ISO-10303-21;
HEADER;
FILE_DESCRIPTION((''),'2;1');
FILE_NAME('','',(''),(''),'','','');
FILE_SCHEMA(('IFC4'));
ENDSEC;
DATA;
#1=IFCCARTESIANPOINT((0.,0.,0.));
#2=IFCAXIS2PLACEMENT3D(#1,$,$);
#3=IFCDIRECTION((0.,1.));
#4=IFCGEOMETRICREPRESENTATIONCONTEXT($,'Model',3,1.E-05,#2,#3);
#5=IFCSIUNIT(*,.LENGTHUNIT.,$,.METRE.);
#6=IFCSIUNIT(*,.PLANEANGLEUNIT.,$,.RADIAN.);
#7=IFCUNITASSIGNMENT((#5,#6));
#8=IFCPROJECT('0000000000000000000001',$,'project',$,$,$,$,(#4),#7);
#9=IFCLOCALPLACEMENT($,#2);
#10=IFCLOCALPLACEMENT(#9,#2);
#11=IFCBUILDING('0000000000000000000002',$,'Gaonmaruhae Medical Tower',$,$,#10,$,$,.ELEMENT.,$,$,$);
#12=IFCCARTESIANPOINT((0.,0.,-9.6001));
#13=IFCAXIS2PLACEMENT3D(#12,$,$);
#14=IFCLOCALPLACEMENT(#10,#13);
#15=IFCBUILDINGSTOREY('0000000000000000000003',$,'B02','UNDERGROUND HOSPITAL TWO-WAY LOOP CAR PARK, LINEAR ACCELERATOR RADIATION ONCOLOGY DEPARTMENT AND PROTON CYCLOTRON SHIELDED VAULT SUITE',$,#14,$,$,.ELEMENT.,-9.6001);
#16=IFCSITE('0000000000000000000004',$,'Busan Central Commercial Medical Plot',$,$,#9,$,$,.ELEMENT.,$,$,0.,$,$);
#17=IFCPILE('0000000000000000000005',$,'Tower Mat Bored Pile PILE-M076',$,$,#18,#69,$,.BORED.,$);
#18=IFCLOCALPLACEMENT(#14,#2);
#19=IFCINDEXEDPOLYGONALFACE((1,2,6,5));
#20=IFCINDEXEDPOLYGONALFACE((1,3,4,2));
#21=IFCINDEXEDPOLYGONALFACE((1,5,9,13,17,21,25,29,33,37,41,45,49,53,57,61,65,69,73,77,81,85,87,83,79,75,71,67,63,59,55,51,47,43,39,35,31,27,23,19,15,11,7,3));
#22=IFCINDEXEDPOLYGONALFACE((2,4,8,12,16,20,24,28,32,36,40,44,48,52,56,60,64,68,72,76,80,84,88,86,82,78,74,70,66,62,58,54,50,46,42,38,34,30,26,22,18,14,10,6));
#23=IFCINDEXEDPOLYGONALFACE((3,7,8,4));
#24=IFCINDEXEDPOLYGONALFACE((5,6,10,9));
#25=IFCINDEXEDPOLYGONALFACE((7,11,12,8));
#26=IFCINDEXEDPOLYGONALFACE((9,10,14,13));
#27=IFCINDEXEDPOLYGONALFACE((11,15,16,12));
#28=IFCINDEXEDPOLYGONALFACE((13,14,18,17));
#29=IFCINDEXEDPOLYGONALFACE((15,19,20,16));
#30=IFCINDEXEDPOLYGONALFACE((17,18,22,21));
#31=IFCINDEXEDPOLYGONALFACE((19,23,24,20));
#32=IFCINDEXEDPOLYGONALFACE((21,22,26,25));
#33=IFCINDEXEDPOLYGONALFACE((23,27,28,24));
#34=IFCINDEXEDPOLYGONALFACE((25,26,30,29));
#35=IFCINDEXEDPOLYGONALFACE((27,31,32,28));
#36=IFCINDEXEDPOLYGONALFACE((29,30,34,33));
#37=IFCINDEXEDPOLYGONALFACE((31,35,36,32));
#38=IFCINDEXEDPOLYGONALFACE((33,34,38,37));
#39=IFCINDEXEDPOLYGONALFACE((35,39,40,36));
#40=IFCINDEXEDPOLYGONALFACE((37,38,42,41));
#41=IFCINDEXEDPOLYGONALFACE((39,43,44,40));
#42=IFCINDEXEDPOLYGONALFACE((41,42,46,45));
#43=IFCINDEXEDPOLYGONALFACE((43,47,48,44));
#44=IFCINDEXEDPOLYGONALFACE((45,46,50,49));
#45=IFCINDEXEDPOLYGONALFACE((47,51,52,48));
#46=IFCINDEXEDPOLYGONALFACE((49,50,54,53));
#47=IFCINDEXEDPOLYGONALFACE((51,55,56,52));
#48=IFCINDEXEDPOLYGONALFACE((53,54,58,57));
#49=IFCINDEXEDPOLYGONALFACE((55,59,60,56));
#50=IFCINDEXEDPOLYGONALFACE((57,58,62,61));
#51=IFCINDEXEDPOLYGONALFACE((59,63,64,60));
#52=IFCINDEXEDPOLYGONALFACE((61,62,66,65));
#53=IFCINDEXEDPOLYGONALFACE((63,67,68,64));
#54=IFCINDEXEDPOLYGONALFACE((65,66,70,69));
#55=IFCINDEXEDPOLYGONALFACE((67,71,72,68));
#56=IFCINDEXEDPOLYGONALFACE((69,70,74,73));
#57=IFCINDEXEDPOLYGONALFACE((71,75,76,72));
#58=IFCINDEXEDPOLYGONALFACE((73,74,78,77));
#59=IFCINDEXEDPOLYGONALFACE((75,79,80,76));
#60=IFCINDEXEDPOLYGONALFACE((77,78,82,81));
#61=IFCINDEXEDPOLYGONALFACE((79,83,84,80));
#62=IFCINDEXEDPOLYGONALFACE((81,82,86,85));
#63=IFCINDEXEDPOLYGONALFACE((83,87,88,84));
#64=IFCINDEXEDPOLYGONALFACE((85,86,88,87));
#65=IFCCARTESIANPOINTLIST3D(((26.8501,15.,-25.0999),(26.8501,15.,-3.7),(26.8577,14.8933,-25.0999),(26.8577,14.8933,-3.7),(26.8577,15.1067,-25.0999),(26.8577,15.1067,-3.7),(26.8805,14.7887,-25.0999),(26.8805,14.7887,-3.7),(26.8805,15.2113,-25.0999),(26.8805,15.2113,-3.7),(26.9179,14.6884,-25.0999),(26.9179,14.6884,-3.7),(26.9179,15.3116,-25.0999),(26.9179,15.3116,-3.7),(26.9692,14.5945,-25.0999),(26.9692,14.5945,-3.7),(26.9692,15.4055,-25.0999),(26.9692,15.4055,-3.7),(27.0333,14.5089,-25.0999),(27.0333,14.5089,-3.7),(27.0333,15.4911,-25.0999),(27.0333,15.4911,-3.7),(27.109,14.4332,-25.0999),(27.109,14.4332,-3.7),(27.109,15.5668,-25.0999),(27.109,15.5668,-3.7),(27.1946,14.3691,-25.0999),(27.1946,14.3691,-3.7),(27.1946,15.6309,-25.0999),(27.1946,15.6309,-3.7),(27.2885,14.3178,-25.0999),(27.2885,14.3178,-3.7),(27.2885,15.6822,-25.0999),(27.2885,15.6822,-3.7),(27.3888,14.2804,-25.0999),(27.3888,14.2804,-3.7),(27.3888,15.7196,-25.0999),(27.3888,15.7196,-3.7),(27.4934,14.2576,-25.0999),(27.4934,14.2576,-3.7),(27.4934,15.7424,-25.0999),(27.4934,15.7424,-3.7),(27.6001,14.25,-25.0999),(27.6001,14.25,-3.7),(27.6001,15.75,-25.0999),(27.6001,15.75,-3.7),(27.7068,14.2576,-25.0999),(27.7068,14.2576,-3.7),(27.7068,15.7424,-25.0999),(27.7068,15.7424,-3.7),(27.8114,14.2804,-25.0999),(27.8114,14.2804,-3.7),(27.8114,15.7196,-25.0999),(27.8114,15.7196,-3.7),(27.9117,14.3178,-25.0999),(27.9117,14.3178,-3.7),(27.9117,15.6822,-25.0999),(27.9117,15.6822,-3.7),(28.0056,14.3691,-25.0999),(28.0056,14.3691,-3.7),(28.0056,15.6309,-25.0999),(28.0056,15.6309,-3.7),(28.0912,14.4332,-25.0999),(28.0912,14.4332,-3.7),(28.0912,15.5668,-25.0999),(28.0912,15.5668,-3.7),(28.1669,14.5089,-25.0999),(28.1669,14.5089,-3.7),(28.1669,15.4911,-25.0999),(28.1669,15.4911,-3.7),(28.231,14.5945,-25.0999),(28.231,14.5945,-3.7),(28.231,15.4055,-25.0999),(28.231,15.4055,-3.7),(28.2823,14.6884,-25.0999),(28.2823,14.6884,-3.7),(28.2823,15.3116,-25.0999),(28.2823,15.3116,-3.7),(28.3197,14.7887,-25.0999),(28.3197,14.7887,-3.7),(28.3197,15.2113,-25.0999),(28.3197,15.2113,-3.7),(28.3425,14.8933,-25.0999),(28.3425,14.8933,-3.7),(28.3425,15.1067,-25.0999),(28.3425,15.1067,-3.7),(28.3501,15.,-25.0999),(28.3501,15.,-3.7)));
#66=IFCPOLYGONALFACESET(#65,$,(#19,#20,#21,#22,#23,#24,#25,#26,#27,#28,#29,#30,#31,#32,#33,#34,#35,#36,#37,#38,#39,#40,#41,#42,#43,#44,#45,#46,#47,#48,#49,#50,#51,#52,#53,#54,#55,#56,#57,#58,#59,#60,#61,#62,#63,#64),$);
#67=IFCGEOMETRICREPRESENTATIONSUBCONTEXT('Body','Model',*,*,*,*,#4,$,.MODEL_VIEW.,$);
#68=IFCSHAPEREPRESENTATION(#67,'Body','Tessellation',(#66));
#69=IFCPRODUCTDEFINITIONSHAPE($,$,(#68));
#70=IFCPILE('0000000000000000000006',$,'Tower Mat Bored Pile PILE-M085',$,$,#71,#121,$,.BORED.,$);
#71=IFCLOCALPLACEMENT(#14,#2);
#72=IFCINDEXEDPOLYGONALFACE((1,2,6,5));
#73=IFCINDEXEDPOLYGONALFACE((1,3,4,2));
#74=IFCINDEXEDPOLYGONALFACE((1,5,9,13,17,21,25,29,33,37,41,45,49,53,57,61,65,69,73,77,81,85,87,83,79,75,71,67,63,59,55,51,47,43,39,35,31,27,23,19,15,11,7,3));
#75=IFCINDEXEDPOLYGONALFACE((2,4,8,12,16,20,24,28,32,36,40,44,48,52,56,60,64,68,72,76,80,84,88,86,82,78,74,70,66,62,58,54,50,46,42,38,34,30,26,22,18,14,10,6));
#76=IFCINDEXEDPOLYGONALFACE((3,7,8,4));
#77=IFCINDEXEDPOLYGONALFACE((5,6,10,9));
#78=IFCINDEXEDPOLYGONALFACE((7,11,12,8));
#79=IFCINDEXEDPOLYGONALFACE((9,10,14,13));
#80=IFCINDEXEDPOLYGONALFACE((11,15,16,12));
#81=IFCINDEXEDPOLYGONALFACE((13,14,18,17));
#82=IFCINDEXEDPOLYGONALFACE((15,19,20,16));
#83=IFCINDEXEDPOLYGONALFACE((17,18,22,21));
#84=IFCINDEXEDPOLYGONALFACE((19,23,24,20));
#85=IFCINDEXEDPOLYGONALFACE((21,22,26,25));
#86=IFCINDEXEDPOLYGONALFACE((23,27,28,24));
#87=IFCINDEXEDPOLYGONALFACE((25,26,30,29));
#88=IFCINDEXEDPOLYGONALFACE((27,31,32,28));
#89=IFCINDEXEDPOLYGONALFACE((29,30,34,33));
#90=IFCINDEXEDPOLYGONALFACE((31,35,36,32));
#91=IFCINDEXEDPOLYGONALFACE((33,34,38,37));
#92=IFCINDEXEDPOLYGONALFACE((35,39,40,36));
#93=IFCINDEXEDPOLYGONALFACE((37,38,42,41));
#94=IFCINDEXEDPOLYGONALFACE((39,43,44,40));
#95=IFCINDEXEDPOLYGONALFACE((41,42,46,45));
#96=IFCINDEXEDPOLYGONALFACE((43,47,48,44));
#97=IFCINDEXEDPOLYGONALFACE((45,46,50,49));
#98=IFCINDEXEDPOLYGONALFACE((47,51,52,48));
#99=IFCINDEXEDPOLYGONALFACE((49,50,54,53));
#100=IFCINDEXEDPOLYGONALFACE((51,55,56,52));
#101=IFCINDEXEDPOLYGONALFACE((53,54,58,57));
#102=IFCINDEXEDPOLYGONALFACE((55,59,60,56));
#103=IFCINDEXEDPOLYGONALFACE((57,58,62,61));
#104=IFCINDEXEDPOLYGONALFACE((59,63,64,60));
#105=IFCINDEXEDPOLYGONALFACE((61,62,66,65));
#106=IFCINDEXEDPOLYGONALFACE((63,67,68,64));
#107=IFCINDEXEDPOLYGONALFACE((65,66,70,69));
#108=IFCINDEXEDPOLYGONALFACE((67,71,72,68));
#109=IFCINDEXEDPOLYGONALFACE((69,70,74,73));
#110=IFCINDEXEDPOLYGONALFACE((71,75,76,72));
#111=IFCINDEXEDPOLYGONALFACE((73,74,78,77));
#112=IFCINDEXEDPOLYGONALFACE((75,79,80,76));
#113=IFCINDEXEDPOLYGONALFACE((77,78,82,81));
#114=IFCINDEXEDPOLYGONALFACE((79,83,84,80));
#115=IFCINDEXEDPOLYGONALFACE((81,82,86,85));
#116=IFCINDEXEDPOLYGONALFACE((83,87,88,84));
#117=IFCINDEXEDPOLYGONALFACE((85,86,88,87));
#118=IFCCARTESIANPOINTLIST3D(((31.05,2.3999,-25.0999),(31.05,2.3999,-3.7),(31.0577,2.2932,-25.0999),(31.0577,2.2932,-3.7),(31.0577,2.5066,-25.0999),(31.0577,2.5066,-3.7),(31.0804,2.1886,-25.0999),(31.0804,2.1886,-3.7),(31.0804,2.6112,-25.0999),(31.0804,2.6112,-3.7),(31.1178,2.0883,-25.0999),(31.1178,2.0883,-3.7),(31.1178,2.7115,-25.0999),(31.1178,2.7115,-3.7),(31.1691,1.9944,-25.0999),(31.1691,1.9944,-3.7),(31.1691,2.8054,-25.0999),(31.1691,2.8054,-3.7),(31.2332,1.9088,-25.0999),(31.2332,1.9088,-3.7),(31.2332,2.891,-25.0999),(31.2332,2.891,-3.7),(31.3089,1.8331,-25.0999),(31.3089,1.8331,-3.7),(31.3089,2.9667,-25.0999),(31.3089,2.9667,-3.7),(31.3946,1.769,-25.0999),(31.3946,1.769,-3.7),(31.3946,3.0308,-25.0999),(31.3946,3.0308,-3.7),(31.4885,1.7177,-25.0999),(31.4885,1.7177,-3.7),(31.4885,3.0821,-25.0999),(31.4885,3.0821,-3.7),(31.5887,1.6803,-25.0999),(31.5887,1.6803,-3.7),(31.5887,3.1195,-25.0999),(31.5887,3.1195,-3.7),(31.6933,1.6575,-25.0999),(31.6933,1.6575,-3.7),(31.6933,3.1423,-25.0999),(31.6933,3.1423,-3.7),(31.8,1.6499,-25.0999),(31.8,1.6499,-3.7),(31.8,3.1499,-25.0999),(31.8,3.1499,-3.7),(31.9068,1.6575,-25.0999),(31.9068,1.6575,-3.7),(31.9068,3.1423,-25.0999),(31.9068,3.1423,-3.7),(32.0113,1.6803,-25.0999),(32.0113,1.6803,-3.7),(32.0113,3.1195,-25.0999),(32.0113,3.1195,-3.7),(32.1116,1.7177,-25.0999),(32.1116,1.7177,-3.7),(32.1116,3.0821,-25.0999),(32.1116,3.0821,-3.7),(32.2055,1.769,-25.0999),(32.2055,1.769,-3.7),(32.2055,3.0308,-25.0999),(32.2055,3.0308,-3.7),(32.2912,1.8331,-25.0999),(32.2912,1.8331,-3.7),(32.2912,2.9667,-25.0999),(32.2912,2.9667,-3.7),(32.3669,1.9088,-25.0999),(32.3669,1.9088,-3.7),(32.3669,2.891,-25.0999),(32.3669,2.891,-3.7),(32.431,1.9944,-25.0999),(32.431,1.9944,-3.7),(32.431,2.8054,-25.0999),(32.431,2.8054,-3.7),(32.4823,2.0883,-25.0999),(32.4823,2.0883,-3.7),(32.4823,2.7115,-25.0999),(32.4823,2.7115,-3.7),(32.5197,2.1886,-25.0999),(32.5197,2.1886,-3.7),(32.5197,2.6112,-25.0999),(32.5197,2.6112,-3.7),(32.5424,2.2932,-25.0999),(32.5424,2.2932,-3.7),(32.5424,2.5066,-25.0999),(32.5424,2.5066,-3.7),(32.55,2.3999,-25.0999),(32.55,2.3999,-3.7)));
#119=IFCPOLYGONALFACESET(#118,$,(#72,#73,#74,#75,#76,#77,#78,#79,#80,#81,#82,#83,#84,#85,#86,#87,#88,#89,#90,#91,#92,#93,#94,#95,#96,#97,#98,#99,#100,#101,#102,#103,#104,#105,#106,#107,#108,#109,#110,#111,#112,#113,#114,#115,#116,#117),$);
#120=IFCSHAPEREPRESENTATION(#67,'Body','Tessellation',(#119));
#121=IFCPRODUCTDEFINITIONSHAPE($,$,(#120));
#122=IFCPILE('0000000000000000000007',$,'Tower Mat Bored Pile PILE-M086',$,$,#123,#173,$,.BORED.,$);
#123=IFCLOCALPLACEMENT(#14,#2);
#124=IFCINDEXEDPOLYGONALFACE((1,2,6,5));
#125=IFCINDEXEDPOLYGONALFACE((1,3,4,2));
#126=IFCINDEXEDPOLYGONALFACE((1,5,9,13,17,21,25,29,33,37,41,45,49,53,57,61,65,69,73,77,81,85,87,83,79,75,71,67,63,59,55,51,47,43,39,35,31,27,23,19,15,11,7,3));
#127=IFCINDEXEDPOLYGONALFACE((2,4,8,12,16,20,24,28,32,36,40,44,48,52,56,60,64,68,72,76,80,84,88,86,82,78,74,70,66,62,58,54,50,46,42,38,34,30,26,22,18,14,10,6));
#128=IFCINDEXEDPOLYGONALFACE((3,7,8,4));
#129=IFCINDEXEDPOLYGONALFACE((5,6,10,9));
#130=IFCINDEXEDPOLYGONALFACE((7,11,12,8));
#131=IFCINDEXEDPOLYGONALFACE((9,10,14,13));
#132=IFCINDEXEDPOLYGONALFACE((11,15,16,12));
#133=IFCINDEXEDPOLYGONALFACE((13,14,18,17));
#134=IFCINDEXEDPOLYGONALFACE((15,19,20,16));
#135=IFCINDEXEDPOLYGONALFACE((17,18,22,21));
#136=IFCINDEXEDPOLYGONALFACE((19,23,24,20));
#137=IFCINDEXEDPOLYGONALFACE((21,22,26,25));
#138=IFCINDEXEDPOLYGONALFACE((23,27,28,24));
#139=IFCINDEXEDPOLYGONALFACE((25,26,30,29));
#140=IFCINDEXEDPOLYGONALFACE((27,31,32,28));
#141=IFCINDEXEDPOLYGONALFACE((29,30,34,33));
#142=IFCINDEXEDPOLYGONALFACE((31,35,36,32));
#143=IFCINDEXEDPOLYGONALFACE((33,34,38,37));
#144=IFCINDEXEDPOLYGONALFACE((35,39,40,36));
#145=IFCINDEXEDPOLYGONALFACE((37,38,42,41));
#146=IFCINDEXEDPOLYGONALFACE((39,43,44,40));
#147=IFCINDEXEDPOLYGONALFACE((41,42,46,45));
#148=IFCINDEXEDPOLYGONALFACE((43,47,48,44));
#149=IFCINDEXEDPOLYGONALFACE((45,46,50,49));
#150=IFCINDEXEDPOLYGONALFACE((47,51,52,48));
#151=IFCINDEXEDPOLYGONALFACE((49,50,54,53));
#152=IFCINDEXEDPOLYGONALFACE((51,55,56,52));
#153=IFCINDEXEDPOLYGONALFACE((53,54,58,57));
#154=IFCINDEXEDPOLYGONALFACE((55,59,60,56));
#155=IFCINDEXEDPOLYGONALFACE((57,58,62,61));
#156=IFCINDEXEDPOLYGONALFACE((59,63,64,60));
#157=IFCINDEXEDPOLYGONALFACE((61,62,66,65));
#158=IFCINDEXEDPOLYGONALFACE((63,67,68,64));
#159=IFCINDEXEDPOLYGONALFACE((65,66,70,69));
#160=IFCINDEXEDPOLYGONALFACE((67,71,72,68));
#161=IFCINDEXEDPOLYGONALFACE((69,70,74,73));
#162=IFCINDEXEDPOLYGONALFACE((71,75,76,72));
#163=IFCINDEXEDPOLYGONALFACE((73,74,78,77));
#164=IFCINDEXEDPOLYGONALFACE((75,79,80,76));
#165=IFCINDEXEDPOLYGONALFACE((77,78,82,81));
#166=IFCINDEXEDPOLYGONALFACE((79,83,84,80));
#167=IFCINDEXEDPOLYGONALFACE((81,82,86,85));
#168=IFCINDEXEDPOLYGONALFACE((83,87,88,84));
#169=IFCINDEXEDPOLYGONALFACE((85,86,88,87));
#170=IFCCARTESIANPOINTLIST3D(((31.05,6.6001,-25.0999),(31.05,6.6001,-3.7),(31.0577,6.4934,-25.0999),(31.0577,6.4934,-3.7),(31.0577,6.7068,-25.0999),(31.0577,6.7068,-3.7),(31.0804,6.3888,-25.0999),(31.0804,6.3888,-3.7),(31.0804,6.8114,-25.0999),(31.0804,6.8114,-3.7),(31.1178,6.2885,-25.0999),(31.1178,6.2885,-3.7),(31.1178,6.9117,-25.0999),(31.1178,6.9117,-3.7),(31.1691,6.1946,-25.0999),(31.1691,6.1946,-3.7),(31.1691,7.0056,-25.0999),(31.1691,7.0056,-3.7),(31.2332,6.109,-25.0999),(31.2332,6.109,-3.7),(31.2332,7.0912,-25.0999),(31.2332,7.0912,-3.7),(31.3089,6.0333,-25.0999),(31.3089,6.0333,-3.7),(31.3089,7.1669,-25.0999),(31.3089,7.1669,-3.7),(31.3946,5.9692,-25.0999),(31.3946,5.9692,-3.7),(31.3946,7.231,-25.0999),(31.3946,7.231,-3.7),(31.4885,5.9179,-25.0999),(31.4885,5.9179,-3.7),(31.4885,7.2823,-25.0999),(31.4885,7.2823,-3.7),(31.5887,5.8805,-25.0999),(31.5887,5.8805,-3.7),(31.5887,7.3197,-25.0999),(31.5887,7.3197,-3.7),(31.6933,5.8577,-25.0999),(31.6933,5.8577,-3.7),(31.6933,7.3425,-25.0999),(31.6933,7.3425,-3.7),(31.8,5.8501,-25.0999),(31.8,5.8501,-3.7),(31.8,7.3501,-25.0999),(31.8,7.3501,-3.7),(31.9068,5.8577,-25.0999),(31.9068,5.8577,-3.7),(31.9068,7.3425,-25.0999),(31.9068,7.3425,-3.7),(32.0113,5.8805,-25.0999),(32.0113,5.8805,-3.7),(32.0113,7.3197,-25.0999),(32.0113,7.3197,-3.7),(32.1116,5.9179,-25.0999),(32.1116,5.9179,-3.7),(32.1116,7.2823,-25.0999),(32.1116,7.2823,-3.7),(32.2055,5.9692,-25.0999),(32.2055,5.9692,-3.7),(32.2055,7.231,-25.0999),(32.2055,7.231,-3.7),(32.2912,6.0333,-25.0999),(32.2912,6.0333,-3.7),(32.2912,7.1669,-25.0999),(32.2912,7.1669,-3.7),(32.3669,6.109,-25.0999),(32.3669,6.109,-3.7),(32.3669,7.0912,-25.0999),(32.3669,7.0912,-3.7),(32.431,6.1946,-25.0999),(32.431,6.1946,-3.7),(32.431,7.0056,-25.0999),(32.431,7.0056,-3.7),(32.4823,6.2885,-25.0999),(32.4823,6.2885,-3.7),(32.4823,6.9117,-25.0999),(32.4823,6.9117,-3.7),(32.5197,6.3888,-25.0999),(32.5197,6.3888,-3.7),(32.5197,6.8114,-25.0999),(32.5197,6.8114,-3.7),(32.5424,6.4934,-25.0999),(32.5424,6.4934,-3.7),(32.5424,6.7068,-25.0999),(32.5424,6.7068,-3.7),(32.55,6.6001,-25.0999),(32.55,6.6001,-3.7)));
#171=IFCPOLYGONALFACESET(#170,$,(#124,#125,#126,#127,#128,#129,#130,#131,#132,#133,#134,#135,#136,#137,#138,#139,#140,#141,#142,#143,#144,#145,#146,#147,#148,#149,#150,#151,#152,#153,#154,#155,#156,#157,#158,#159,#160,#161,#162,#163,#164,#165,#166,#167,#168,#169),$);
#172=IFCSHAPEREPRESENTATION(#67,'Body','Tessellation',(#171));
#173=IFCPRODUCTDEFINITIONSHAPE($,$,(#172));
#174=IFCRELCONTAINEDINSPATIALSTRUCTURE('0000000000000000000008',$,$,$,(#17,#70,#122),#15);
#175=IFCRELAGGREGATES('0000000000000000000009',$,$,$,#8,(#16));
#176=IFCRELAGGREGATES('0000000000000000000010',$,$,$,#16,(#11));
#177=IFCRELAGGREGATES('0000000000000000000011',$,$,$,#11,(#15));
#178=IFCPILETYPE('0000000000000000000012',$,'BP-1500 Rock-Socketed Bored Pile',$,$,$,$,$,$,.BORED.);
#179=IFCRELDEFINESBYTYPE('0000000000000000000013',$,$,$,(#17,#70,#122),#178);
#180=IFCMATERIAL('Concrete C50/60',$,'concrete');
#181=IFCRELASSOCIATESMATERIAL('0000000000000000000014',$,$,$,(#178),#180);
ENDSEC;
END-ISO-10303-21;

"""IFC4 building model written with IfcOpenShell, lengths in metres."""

from ifc_helpers import new_model, si_unit, direction, frame, origin, origin_2d, place, context, subcontext, project, spatial, circle, extrude, material, material_profile, profile_set, type_object, element, save


model = new_model("IFC4")

# Units and contexts
model_context = context("Model", 3, precision=1e-05, world=origin(), true_north=direction((0.0, 1.0)))
body_context = subcontext(model_context, "Body", "Model", "MODEL_VIEW")
ifc_project = project(units=[si_unit("LENGTHUNIT", "METRE"), si_unit("PLANEANGLEUNIT", "RADIAN")], contexts=[model_context])

# Site, building, storey
site_placement = place(None, origin())
site = spatial("IfcSite", under=ifc_project, at=site_placement, Name="Busan Central Commercial Medical Plot", CompositionType="ELEMENT", RefElevation=0.0)
building_placement = place(site_placement, origin())
building = spatial("IfcBuilding", under=site, at=building_placement, Name="Gaonmaruhae Medical Tower", CompositionType="ELEMENT")
storey_placement = place(building_placement, frame((0.0, 0.0, -9.6001)))
storey = spatial("IfcBuildingStorey", under=building, at=storey_placement, Name="B02", Description="UNDERGROUND HOSPITAL TWO-WAY LOOP CAR PARK, LINEAR ACCELERATOR RADIATION ONCOLOGY DEPARTMENT AND PROTON CYCLOTRON SHIELDED VAULT SUITE", CompositionType="ELEMENT", Elevation=-9.6001)

# Piles
ifc_material_1 = material(Name="Concrete C50/60", Category="concrete")
ifc_material_profile_1 = material_profile(ifc_material_1, circle(Radius=0.75, at=origin_2d()), Name="PILE-D1500")
ifc_profile_set_1 = profile_set([ifc_material_profile_1], Name="Concrete C50/60")
pile_type = type_object("IfcPileType", Name="BP-1500 Rock-Socketed Bored Pile", PredefinedType="BORED", material=ifc_profile_set_1)
for number, where, z_axis, x_axis, name in (
    (1, (27.6001, 15.0, -3.7), (0.0, 0.0, -1.0), (1.0, 0.0, 0.0), "Tower Mat Bored Pile PILE-M076"),
    (2, (31.8, 2.3999, -3.7), (0.0, 0.0, -1.0), (1.0, 0.0, 0.0), "Tower Mat Bored Pile PILE-M085"),
    (3, (31.8, 6.6001, -3.7), (0.0, 0.0, -1.0), (1.0, 0.0, 0.0), "Tower Mat Bored Pile PILE-M086"),
):
    element("IfcPile", number, at=place(storey_placement, frame(where, z_axis=z_axis, x_axis=x_axis)), inside=storey, type_object=pile_type, Name=name, PredefinedType="BORED", context=body_context, shape_type="SweptSolid", body=[
        extrude(circle(Radius=0.75, at=origin_2d()), origin(), (0.0, 0.0, 1.0), 21.3999),
    ])

save(model, "model.ifc")
